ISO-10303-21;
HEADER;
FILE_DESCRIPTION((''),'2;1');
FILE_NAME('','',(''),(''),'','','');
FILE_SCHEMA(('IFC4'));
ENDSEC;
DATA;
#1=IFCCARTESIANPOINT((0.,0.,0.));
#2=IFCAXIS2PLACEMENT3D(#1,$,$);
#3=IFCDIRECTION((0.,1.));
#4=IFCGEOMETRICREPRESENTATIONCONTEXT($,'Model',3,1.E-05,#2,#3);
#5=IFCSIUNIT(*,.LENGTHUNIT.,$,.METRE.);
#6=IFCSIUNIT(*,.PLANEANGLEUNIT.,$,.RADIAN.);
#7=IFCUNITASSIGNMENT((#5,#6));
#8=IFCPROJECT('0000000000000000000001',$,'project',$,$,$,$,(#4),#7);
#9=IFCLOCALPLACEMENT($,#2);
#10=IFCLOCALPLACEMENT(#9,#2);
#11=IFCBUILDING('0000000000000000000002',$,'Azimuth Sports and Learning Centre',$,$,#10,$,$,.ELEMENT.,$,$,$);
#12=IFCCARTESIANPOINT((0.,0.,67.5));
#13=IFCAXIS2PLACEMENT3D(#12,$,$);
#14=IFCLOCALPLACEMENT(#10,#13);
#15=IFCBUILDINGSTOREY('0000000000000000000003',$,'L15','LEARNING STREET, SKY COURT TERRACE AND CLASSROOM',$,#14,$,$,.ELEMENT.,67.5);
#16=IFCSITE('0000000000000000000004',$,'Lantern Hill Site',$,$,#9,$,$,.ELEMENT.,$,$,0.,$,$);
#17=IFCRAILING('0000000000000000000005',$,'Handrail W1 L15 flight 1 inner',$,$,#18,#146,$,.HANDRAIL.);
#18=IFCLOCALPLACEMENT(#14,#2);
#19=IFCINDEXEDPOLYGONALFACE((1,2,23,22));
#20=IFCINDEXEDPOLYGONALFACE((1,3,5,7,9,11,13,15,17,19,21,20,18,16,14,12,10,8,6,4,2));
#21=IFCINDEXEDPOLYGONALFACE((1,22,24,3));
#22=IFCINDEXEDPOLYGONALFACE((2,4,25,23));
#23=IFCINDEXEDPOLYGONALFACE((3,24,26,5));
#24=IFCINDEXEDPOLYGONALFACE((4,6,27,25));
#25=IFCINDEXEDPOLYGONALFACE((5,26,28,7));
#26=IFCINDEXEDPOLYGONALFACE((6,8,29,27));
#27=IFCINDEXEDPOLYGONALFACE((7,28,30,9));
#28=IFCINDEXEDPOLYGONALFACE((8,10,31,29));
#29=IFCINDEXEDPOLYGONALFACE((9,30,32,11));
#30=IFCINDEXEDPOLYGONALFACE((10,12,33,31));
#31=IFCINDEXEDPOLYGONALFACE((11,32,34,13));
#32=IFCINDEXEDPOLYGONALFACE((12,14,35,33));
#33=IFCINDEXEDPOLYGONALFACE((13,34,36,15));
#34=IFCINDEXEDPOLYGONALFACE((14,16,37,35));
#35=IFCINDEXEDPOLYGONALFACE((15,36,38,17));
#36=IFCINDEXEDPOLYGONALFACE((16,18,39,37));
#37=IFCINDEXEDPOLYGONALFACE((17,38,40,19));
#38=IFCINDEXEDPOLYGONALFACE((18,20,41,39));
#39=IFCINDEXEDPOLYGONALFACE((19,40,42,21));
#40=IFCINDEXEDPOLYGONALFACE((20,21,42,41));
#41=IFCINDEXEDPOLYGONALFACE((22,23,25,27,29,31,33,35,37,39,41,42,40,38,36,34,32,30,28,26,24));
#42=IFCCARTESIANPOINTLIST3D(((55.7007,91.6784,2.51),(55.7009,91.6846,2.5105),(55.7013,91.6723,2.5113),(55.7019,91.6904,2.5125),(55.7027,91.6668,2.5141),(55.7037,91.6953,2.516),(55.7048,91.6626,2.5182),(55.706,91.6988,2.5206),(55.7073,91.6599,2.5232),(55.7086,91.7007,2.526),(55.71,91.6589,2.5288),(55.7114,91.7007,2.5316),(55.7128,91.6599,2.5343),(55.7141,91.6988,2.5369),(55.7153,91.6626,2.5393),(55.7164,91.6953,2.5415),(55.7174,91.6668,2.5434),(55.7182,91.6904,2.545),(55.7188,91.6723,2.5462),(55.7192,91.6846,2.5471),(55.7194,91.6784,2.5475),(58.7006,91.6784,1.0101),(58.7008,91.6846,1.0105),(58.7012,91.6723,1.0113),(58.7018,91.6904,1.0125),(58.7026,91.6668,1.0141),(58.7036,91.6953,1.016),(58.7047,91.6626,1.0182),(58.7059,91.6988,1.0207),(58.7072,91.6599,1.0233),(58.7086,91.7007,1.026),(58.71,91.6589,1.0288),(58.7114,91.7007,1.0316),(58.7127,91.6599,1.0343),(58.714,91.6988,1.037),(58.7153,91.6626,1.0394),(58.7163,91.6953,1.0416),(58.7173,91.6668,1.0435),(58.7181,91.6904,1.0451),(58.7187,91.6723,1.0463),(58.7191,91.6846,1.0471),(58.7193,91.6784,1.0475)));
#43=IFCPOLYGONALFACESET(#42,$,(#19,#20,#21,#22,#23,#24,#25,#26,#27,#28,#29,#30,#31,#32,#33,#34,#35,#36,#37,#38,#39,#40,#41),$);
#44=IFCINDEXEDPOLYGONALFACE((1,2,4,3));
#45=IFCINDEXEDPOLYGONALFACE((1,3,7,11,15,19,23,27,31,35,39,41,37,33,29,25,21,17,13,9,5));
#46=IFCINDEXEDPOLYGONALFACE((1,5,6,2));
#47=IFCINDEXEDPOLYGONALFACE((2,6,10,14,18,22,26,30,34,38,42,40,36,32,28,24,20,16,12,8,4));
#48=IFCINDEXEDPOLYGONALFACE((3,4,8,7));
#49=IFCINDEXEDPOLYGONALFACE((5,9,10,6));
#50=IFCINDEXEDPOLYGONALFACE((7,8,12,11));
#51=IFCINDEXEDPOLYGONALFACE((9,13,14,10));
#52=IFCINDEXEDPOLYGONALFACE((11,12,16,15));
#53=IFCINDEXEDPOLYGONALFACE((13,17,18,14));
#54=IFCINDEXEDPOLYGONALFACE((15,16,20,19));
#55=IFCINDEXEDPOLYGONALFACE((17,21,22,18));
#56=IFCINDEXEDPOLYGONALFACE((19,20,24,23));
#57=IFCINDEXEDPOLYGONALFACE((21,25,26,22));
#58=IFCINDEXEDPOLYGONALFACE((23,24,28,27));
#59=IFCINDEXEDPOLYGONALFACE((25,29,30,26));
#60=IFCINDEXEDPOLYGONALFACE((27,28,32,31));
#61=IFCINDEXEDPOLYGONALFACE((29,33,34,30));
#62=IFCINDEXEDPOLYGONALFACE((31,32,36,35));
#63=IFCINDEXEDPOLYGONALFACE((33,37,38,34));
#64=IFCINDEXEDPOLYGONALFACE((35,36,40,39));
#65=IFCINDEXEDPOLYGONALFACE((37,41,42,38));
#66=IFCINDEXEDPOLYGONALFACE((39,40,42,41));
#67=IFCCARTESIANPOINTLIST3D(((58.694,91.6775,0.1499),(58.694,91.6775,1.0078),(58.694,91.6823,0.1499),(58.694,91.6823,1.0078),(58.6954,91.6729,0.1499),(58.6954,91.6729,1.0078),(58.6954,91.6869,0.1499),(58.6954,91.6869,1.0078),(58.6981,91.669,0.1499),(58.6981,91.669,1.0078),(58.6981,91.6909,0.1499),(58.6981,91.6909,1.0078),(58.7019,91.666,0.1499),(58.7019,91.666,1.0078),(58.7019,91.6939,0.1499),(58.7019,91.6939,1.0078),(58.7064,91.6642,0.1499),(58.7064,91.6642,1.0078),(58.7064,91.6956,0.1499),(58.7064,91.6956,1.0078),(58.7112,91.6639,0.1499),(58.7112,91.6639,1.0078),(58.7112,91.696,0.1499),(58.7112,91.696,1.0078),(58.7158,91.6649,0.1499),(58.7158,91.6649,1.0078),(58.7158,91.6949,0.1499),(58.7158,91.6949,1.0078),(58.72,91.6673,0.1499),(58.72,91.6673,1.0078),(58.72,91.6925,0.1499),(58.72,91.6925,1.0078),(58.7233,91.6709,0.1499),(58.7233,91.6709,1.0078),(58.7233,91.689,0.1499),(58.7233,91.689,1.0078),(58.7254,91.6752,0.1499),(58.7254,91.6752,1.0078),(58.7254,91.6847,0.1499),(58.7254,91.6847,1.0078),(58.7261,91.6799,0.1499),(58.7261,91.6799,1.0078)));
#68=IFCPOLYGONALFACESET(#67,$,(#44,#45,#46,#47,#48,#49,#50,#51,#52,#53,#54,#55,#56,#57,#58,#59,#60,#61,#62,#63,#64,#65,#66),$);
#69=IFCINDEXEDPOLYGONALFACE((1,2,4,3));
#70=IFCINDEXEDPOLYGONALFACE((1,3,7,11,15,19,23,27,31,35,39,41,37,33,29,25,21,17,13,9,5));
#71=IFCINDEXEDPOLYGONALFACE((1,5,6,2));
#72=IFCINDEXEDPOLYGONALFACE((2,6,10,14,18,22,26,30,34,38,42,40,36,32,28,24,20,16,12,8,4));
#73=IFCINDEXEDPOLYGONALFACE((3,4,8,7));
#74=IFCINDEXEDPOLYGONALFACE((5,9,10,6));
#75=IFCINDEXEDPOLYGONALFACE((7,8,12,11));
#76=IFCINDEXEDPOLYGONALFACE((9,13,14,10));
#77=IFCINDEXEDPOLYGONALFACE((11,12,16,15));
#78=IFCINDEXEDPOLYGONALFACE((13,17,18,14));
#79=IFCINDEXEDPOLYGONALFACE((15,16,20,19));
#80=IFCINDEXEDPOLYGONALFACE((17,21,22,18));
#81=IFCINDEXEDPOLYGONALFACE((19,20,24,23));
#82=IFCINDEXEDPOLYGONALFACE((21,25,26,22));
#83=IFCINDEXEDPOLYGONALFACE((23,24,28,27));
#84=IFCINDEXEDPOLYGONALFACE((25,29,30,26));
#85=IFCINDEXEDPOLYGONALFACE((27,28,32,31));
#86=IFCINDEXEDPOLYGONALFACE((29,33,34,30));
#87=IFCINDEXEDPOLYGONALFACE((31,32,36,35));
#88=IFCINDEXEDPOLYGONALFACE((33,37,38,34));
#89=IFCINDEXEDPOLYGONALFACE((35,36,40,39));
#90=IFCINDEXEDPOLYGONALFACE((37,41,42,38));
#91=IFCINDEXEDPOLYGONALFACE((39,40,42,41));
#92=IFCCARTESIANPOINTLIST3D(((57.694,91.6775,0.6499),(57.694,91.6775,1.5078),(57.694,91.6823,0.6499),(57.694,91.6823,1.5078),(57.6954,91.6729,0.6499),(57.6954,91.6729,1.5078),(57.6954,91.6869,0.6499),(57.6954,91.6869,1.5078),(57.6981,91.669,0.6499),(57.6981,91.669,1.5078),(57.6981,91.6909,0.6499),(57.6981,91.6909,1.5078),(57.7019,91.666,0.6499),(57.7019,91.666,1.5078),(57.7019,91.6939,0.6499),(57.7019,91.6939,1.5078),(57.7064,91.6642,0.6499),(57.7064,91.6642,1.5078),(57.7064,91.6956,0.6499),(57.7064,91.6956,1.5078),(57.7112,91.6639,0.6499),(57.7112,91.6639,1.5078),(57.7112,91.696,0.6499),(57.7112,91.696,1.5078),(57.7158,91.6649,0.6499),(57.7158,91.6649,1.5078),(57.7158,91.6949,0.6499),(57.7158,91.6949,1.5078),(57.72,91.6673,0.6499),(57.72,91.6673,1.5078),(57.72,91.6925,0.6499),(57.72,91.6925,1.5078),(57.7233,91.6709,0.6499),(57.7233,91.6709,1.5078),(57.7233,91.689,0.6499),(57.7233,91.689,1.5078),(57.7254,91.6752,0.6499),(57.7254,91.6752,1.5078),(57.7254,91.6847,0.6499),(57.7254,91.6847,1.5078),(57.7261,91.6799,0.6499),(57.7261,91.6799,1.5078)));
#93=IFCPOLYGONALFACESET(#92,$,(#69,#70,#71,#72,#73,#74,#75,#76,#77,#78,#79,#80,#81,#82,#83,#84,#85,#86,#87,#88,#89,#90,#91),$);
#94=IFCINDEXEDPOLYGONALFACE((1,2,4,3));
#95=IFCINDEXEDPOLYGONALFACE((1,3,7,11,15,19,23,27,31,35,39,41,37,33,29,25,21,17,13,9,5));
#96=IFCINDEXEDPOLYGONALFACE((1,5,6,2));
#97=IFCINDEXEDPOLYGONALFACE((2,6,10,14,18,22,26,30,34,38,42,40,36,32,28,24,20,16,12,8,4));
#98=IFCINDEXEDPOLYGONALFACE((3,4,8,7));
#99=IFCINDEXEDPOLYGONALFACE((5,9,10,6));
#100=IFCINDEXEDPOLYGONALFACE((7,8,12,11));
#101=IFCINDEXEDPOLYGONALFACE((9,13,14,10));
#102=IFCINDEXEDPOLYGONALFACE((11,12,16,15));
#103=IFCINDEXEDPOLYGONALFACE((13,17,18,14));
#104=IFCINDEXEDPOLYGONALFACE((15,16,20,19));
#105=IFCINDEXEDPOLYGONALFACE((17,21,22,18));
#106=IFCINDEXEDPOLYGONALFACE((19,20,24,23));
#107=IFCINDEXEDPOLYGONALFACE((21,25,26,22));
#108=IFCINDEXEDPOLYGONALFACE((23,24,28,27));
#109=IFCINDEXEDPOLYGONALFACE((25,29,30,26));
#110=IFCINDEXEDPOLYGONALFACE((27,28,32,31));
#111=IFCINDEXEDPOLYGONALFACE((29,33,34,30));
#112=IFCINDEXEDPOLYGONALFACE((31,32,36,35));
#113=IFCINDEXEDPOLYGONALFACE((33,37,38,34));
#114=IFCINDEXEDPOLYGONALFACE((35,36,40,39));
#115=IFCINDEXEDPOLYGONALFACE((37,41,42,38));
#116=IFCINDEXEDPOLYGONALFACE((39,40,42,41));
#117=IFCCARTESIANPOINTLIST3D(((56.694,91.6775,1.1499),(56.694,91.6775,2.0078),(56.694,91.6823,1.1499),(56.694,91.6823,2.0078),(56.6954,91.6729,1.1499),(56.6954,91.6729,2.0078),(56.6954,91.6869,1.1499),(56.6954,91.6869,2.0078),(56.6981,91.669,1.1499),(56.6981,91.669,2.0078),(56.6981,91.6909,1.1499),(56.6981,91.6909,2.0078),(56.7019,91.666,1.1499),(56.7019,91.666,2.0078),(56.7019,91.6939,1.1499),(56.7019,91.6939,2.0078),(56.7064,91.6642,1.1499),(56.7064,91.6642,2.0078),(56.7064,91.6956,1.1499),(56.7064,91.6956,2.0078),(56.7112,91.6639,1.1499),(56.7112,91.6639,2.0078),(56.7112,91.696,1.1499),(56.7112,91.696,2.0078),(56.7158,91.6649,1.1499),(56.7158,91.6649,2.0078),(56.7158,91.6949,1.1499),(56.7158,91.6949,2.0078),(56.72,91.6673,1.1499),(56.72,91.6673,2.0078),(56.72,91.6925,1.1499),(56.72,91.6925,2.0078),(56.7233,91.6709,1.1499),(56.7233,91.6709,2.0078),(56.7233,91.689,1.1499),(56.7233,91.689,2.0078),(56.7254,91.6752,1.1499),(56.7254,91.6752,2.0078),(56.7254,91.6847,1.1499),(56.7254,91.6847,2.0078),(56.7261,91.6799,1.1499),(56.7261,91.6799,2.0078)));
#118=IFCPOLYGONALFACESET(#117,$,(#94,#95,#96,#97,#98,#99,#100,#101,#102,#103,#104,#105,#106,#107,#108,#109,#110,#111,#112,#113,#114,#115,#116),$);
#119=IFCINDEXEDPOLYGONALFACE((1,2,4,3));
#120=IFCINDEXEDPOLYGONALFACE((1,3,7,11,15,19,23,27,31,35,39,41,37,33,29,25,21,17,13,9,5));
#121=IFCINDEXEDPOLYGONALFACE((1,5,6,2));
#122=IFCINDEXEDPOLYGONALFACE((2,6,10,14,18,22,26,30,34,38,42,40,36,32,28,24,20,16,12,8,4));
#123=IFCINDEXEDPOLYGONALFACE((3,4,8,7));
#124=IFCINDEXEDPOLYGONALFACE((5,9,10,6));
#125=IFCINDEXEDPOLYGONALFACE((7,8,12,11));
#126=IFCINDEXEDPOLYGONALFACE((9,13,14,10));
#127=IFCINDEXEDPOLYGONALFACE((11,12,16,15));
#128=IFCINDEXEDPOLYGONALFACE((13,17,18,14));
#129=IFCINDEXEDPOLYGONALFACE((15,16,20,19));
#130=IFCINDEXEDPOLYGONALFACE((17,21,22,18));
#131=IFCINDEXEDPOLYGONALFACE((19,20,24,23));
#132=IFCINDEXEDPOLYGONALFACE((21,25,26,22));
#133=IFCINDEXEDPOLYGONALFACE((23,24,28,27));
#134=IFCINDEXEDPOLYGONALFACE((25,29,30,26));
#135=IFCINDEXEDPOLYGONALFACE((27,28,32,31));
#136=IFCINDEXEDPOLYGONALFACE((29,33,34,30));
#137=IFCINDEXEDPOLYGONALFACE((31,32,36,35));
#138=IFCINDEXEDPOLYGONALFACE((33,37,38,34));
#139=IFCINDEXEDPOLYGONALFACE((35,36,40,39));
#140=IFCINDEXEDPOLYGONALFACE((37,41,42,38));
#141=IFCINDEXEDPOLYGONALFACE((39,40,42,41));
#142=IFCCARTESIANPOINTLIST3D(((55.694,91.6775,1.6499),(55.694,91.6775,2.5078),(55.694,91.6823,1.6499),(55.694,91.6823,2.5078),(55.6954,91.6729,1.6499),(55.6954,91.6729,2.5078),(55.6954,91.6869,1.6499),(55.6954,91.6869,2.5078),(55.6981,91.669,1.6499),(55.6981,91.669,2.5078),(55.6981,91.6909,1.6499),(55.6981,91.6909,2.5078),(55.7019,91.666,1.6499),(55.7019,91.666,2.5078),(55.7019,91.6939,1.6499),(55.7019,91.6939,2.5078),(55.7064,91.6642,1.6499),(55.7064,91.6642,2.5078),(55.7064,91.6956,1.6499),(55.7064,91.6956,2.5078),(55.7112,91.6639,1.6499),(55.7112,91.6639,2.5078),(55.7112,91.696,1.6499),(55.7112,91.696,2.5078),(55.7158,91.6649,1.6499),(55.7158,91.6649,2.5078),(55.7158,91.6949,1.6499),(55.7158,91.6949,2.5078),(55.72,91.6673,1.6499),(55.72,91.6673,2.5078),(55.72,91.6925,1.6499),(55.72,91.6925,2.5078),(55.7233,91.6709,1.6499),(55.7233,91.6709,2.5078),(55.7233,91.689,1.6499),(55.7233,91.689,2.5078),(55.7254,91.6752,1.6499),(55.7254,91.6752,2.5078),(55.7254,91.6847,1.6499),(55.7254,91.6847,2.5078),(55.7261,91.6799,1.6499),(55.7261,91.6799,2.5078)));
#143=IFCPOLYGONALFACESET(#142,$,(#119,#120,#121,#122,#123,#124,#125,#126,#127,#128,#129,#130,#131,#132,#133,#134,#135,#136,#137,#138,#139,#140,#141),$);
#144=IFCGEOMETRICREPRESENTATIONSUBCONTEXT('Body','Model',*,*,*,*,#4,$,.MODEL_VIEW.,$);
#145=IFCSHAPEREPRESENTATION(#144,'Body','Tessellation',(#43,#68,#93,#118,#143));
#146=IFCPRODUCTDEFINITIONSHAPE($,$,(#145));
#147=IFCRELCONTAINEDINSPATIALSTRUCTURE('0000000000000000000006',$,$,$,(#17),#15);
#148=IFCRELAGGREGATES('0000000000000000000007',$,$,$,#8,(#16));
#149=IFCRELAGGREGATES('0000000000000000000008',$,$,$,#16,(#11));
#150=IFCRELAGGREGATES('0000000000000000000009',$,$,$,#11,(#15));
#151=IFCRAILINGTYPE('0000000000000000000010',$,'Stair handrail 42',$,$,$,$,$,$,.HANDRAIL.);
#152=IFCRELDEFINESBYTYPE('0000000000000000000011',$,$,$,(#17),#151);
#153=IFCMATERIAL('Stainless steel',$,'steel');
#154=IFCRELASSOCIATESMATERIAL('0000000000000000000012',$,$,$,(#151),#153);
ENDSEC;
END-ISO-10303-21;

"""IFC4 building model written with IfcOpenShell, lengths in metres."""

from ifc_helpers import new_model, si_unit, direction, frame, origin, origin_2d, place, context, subcontext, project, spatial, circle, extrude, material, type_object, element, save


model = new_model("IFC4")

# Units and contexts
model_context = context("Model", 3, precision=1e-05, world=origin(), true_north=direction((0.0, 1.0)))
body_context = subcontext(model_context, "Body", "Model", "MODEL_VIEW")
ifc_project = project(units=[si_unit("LENGTHUNIT", "METRE"), si_unit("PLANEANGLEUNIT", "RADIAN")], contexts=[model_context])

# Site, building, storey
site_placement = place(None, origin())
site = spatial("IfcSite", under=ifc_project, at=site_placement, Name="Lantern Hill Site", CompositionType="ELEMENT", RefElevation=0.0)
building_placement = place(site_placement, origin())
building = spatial("IfcBuilding", under=site, at=building_placement, Name="Azimuth Sports and Learning Centre", CompositionType="ELEMENT")
storey_placement = place(building_placement, frame((0.0, 0.0, 67.5)))
storey = spatial("IfcBuildingStorey", under=building, at=storey_placement, Name="L15", Description="LEARNING STREET, SKY COURT TERRACE AND CLASSROOM", CompositionType="ELEMENT", Elevation=67.5)

# Railing
ifc_material_1 = material(Name="Stainless steel", Category="steel")
railing_type_1 = type_object("IfcRailingType", Name="Stair handrail 42", PredefinedType="HANDRAIL", material=ifc_material_1)
for number, where, name in (
    (1, (58.71, 91.6799, 0.1499), "Handrail W1 L15 flight 1 inner"),
):
    element("IfcRailing", number, at=place(storey_placement, frame(where)), inside=storey, type_object=railing_type_1, Name=name, PredefinedType="HANDRAIL", context=body_context, shape_type="SweptSolid", body=[
        extrude(circle(Radius=0.021, at=origin_2d()), frame((0.0, 0.0, 0.8789), z_axis=(-0.894427, 0.0, 0.447214), x_axis=(0.0, -1.0, 0.0)), (0.0, 0.0, 1.0), 3.354),
        extrude(circle(Radius=0.0161, at=origin_2d()), origin(), (0.0, 0.0, 1.0), 0.8579),
        extrude(circle(Radius=0.0161, at=origin_2d()), frame((-1.0, 0.0, 0.5)), (0.0, 0.0, 1.0), 0.8579),
        extrude(circle(Radius=0.0161, at=origin_2d()), frame((-2.0, 0.0, 1.0)), (0.0, 0.0, 1.0), 0.8579),
        extrude(circle(Radius=0.0161, at=origin_2d()), frame((-3.0, 0.0, 1.5)), (0.0, 0.0, 1.0), 0.8579),
    ])

save(model, "model.ifc")
